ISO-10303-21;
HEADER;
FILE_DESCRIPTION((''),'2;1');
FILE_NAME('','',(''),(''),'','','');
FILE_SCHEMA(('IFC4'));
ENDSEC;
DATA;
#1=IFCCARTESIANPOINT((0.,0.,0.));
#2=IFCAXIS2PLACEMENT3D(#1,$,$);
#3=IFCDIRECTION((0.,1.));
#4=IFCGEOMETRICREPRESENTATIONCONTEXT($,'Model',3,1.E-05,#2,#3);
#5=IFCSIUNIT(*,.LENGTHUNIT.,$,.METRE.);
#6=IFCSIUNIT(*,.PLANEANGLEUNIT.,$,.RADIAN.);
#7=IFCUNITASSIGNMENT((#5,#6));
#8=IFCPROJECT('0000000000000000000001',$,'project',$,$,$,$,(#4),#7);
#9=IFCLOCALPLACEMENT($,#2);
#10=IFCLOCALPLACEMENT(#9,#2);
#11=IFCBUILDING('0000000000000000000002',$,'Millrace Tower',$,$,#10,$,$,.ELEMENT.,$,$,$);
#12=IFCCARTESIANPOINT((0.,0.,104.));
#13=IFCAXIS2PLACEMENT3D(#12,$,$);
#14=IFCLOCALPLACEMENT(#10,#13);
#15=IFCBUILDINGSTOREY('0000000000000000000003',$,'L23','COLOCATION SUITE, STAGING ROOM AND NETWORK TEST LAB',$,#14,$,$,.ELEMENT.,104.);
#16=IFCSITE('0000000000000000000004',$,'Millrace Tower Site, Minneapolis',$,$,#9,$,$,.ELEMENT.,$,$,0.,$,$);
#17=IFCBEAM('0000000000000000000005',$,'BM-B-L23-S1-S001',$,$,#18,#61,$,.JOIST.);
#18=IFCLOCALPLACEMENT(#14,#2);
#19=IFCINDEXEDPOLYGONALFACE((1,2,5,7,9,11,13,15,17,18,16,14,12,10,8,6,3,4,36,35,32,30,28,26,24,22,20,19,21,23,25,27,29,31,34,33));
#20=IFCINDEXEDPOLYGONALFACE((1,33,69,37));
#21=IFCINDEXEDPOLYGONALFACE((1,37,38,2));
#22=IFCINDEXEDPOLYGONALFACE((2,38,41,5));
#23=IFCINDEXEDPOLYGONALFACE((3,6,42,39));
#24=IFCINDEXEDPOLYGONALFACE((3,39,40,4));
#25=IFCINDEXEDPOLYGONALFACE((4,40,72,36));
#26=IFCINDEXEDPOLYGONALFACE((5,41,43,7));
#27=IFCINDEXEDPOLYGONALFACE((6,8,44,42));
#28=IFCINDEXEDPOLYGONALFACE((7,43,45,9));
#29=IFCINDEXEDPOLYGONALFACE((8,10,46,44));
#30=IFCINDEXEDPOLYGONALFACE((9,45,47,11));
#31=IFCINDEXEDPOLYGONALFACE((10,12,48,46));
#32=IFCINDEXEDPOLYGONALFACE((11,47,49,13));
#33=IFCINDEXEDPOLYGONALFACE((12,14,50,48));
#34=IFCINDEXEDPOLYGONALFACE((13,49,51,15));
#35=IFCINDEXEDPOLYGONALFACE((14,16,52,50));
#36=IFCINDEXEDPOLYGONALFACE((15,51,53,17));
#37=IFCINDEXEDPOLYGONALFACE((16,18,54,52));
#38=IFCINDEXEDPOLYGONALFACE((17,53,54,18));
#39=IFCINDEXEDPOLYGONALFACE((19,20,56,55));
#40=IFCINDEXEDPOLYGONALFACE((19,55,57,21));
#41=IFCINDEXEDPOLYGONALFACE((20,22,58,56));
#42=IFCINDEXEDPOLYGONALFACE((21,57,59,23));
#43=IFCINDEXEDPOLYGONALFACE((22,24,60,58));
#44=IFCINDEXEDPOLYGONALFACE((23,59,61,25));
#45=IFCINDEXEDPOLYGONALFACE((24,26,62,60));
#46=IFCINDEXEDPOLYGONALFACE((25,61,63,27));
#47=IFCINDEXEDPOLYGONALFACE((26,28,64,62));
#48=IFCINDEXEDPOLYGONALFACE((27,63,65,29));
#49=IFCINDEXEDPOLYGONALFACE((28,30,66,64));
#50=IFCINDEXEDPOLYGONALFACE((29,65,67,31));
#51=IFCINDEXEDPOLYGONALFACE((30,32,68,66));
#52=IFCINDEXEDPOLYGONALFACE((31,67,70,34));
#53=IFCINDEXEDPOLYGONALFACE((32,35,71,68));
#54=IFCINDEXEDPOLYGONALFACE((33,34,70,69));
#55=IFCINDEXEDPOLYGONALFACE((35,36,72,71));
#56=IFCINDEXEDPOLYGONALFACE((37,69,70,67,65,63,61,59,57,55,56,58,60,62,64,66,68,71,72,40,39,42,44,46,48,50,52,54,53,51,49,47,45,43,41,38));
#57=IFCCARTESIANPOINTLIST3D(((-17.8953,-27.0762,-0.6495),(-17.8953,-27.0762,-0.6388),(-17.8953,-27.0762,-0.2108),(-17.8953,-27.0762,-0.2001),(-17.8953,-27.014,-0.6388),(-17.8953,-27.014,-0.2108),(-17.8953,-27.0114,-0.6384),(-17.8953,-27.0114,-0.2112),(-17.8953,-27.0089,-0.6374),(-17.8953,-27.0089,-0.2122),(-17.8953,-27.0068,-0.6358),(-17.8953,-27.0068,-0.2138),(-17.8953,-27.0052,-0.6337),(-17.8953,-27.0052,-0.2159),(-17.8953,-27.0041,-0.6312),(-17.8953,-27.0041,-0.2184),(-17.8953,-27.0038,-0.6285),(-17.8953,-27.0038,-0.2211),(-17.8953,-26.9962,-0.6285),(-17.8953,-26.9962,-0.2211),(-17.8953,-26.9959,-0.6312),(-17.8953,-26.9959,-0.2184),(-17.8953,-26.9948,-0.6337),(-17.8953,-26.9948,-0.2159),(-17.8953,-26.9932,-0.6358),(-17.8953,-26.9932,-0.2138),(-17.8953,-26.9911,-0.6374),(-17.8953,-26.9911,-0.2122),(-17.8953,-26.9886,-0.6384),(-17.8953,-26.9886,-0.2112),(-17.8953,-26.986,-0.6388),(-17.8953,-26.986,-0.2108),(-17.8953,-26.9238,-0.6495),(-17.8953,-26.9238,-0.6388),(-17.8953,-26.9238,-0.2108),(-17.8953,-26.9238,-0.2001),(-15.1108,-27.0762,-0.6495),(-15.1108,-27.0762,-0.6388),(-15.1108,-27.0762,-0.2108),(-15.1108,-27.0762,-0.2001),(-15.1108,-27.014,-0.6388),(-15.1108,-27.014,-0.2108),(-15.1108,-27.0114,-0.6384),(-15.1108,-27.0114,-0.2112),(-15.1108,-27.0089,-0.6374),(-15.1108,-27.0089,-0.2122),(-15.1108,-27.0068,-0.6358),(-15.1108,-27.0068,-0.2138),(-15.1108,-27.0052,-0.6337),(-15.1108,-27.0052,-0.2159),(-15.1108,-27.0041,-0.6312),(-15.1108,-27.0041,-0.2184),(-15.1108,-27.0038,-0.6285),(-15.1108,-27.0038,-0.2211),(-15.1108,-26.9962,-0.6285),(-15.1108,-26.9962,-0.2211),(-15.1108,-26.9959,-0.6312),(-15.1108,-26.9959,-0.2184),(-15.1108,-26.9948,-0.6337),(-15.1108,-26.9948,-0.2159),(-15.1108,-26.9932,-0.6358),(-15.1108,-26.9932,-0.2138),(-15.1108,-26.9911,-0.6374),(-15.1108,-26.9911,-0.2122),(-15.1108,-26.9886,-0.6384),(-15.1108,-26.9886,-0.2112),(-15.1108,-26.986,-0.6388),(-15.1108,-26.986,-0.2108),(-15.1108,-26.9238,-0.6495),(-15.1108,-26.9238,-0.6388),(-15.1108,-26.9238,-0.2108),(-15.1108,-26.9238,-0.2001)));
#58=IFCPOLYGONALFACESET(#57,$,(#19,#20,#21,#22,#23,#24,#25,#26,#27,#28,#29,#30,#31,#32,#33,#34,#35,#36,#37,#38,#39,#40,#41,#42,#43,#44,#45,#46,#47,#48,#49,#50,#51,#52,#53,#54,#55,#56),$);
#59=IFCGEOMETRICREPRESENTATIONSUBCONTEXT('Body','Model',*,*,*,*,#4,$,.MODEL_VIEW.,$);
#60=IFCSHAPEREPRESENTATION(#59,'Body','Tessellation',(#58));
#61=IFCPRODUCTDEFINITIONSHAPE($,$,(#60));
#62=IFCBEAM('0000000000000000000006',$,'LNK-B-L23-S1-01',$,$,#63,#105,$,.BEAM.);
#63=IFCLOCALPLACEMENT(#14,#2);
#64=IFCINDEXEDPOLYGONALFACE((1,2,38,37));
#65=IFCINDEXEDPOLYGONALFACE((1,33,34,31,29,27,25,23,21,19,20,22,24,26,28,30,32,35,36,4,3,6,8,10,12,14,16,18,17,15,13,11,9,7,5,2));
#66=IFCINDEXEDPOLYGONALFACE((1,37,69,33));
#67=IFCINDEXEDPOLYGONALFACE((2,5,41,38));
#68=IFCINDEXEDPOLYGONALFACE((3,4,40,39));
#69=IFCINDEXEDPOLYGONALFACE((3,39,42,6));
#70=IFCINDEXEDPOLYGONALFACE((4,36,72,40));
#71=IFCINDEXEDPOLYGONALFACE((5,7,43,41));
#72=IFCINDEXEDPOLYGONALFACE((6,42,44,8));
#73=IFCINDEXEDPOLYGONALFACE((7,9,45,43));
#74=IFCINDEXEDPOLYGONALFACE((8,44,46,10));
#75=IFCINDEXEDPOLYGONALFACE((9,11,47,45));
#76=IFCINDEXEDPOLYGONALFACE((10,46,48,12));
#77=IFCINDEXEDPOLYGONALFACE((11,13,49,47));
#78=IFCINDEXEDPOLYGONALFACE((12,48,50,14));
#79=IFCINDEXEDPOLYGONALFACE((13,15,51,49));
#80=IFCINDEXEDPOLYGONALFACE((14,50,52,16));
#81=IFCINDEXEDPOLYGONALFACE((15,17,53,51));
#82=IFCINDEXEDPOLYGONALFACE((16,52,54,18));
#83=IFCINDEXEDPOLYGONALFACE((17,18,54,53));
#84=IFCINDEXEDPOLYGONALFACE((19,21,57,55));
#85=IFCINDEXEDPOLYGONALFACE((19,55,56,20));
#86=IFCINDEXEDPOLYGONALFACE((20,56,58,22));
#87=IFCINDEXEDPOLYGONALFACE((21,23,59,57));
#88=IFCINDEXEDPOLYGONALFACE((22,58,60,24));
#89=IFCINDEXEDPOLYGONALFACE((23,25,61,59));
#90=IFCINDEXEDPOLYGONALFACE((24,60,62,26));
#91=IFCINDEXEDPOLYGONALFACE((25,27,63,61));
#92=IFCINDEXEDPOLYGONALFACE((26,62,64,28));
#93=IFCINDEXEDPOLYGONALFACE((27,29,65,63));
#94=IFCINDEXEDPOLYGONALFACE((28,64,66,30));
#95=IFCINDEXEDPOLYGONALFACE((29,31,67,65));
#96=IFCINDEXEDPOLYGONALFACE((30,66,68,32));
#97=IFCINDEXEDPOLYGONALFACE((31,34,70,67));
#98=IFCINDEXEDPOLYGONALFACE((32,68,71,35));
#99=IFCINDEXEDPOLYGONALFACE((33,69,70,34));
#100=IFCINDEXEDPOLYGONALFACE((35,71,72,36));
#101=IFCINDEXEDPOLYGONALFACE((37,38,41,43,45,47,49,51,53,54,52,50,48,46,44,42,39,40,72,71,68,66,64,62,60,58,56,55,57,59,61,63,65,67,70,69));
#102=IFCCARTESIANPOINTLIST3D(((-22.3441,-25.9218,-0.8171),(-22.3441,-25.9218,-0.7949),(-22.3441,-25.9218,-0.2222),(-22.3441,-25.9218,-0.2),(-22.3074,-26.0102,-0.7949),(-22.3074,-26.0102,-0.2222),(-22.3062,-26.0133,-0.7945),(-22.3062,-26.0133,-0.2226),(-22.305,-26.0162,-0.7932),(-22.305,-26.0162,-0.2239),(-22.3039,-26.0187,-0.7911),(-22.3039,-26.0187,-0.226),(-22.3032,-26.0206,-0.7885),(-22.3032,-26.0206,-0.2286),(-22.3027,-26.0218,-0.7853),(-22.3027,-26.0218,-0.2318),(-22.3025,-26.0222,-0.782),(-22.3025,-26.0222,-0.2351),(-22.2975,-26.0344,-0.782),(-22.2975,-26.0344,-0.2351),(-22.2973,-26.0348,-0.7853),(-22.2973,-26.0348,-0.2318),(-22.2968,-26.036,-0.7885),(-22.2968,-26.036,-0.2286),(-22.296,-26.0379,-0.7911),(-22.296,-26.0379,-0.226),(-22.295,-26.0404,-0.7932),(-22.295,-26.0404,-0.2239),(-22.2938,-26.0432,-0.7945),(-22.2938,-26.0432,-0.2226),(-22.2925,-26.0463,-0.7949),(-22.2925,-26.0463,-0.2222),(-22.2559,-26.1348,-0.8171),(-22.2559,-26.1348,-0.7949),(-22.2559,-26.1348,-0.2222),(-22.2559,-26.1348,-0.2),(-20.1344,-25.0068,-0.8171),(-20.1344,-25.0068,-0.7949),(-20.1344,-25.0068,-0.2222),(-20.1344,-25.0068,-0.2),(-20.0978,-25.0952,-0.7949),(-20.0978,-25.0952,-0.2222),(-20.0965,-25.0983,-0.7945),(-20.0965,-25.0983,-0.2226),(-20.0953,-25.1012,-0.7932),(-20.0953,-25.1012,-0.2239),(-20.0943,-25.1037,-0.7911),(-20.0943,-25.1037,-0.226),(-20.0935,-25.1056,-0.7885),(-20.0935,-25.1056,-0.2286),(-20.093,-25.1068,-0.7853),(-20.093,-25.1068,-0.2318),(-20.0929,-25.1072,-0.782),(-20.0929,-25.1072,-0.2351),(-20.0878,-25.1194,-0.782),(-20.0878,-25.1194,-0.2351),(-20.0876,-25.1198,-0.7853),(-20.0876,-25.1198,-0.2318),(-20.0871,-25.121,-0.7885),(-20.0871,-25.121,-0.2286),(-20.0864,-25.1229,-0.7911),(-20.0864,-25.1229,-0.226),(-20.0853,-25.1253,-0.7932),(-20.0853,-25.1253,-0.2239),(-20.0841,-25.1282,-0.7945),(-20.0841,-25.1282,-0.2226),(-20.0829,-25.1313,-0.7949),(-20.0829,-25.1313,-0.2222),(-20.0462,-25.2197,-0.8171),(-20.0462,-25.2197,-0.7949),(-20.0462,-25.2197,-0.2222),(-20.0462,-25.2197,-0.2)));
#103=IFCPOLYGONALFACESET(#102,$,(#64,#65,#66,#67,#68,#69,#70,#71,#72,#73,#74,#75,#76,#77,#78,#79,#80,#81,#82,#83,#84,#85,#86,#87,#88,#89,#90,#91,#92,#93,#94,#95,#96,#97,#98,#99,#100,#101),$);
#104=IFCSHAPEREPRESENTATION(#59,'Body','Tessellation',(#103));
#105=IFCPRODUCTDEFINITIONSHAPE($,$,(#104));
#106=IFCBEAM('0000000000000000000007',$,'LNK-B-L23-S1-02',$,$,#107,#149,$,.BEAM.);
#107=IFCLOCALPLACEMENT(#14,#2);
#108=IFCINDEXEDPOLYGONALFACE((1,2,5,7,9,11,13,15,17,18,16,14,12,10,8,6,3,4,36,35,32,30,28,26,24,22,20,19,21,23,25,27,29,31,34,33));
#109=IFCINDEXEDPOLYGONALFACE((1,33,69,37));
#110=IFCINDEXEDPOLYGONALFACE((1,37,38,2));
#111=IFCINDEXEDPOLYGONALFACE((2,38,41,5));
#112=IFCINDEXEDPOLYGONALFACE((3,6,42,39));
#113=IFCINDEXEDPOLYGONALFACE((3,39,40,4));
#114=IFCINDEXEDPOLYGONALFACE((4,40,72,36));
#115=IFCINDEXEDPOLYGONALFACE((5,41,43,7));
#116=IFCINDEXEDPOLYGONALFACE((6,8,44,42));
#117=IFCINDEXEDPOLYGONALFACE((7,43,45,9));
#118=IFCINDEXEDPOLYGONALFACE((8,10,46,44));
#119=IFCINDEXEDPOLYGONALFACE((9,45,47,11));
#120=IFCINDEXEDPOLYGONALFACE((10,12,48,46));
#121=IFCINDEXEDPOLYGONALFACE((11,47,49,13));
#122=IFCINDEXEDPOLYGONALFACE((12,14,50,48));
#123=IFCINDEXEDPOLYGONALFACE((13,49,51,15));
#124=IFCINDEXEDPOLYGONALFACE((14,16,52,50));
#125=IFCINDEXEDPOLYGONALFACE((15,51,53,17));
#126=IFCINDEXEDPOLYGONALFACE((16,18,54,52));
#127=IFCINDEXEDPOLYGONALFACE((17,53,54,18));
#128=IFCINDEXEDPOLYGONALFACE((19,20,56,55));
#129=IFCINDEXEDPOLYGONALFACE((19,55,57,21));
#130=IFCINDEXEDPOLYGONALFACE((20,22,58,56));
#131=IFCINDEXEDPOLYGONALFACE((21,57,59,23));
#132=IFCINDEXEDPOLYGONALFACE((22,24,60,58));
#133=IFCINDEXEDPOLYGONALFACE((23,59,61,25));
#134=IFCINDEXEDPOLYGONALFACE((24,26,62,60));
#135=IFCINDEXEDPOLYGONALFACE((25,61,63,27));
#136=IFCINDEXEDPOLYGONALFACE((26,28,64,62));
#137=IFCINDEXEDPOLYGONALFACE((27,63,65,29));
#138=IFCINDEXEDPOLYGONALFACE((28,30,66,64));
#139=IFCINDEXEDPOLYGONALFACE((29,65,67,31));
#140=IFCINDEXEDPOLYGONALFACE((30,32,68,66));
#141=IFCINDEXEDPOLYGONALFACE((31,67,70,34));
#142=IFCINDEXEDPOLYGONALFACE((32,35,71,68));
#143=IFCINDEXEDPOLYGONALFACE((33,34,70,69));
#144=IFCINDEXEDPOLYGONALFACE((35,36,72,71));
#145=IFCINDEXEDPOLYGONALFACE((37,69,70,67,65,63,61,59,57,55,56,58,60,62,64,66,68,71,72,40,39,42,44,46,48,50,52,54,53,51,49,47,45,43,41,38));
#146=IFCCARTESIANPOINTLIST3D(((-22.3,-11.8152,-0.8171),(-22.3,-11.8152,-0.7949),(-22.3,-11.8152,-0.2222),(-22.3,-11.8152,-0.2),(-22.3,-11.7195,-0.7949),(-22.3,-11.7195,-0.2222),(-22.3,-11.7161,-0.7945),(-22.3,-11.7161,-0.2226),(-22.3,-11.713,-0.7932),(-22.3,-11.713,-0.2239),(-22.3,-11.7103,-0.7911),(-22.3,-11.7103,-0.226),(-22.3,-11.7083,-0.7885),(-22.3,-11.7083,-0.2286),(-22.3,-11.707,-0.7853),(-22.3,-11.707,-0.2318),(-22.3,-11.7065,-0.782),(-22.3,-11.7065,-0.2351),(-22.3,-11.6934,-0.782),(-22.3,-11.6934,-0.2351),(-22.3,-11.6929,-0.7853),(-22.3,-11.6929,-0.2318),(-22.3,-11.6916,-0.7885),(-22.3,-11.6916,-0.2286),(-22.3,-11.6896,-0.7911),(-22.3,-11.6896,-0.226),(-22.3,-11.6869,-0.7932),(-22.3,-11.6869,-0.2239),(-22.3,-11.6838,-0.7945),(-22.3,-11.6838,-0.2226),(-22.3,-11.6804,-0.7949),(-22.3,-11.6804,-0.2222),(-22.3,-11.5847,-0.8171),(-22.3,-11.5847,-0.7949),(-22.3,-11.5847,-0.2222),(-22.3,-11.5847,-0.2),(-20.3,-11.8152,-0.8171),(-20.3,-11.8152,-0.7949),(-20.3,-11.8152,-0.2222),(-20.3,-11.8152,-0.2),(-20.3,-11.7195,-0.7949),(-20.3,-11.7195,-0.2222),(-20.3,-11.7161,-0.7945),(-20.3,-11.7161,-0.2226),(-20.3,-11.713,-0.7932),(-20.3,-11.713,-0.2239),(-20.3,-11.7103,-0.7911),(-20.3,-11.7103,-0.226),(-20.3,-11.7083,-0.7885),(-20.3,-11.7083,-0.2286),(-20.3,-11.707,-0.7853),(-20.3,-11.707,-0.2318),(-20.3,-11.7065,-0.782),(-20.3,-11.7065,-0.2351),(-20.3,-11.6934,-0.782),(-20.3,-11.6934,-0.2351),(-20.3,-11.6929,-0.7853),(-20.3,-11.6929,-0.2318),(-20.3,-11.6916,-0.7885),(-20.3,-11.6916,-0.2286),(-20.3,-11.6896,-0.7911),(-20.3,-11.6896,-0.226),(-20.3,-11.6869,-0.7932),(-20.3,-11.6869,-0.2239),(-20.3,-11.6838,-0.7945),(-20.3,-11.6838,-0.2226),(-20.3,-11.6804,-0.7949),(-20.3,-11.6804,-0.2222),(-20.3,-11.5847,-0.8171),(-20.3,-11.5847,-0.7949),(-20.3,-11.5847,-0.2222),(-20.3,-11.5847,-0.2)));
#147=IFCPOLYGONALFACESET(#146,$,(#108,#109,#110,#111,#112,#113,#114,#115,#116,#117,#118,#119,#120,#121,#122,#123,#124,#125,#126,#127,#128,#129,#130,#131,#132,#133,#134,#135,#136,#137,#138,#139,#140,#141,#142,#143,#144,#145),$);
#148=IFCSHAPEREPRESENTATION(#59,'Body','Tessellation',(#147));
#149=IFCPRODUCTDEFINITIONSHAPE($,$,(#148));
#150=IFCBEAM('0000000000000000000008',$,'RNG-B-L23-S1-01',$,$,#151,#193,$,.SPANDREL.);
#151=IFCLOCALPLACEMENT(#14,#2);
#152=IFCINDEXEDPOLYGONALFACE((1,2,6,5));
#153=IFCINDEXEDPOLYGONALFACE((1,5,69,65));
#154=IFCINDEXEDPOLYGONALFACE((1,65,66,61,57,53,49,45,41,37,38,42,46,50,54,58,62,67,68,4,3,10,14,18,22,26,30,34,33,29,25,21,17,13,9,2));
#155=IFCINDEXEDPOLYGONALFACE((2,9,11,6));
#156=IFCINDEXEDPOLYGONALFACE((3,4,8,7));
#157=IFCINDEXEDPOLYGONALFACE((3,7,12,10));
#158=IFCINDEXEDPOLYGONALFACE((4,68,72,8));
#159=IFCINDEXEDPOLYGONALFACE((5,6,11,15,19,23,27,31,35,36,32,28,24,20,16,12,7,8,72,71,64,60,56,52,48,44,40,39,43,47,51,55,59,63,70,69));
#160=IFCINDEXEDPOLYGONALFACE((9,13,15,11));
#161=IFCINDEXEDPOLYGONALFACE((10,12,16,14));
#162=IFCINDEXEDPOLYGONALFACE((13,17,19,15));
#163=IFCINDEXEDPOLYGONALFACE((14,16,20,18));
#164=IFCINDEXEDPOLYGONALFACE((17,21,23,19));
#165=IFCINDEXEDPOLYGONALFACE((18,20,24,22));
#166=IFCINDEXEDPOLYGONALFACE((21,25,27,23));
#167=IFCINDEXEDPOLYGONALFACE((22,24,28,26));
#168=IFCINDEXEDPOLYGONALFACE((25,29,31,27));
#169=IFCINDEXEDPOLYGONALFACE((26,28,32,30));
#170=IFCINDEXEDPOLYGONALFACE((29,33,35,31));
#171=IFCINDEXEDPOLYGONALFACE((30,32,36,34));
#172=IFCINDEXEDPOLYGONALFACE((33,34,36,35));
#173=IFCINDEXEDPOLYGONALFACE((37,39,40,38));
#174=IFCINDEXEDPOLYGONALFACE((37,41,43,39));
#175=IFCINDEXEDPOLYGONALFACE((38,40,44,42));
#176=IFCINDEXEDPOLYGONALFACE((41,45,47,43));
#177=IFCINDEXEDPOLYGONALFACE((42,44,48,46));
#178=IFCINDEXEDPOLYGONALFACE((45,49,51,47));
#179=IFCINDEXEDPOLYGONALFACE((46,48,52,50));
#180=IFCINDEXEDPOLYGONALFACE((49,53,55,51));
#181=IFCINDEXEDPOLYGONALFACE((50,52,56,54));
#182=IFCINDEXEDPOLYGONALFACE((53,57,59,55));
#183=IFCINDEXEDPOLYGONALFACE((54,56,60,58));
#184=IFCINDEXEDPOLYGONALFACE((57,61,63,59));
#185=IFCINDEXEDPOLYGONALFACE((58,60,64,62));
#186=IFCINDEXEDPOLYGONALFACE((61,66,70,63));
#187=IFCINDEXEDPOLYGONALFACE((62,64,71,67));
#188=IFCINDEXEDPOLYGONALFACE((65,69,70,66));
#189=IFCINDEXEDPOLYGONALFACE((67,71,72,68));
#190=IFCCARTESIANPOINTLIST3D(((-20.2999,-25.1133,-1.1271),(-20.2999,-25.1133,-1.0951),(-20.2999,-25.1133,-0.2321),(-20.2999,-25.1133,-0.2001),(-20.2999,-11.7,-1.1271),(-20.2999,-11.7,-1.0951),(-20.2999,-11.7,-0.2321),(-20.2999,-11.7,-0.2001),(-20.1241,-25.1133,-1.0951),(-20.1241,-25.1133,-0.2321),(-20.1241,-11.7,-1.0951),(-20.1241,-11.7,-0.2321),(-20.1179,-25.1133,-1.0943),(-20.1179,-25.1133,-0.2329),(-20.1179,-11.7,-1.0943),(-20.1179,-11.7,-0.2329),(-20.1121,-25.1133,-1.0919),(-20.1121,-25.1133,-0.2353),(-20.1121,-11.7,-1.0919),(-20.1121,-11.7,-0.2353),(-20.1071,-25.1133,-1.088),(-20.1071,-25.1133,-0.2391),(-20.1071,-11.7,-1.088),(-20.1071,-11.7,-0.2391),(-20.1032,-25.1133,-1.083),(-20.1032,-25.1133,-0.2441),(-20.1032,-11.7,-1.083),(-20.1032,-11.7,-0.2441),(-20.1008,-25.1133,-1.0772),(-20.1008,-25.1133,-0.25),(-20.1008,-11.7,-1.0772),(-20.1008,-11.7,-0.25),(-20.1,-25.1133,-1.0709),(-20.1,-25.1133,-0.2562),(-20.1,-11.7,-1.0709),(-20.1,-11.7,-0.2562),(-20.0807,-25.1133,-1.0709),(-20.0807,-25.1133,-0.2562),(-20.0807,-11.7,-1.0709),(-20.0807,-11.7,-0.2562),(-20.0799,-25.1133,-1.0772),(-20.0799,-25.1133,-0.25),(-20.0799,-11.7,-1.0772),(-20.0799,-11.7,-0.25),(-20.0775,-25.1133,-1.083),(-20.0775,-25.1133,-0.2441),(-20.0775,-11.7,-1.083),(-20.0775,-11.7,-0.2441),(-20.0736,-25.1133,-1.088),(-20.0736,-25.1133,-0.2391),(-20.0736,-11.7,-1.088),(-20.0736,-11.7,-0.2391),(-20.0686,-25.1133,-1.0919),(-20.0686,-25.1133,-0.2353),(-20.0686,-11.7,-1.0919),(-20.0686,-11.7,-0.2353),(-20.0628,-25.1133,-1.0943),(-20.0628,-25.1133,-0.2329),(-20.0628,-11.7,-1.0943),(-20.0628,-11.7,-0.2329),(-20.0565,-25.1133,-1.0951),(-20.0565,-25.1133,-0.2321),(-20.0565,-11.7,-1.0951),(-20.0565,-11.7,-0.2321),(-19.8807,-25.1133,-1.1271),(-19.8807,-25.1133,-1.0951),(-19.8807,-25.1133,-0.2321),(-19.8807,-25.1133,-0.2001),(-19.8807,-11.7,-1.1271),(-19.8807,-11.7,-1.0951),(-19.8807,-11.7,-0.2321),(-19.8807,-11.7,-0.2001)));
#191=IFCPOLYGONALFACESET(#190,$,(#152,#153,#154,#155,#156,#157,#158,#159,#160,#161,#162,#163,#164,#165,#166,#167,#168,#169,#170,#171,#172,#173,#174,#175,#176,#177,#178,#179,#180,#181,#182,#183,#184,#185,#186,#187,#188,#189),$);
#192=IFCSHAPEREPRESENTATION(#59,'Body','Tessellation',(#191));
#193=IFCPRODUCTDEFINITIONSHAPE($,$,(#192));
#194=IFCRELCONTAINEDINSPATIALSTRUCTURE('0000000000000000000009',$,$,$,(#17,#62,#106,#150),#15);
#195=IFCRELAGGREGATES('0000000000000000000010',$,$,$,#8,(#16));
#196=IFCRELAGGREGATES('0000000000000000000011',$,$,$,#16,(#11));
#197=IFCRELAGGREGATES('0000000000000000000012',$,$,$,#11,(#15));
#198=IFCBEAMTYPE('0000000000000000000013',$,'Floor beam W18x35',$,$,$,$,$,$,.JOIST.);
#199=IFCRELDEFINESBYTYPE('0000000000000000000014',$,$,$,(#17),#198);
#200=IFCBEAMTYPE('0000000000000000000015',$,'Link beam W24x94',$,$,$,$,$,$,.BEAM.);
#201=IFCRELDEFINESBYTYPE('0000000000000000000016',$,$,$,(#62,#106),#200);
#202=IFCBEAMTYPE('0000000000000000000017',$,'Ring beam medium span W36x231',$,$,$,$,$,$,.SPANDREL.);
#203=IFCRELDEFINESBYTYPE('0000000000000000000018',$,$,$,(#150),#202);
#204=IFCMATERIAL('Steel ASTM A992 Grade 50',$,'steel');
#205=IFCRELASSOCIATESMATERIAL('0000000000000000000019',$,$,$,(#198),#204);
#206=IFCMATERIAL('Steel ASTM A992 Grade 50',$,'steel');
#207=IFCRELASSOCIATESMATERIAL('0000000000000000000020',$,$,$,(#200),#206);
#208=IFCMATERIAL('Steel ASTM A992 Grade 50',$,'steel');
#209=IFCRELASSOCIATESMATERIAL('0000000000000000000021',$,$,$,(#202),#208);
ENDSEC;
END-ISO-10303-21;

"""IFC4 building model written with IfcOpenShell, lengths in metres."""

from ifc_helpers import new_model, si_unit, direction, frame, origin, origin_2d, place, context, subcontext, project, spatial, i_section, extrude, material, material_profile, profile_set, type_object, element, save


model = new_model("IFC4")

# Units and contexts
model_context = context("Model", 3, precision=1e-05, world=origin(), true_north=direction((0.0, 1.0)))
body_context = subcontext(model_context, "Body", "Model", "MODEL_VIEW")
ifc_project = project(units=[si_unit("LENGTHUNIT", "METRE"), si_unit("PLANEANGLEUNIT", "RADIAN")], contexts=[model_context])

# Site, building, storey
site_placement = place(None, origin())
site = spatial("IfcSite", under=ifc_project, at=site_placement, Name="Millrace Tower Site, Minneapolis", CompositionType="ELEMENT", RefElevation=0.0)
building_placement = place(site_placement, origin())
building = spatial("IfcBuilding", under=site, at=building_placement, Name="Millrace Tower", CompositionType="ELEMENT")
storey_placement = place(building_placement, frame((0.0, 0.0, 104.0)))
storey = spatial("IfcBuildingStorey", under=building, at=storey_placement, Name="L23", Description="COLOCATION SUITE, STAGING ROOM AND NETWORK TEST LAB", CompositionType="ELEMENT", Elevation=104.0)

# Beams
ifc_material_1 = material(Name="Steel ASTM A992 Grade 50", Category="steel")
ifc_material_profile_1 = material_profile(ifc_material_1, i_section(OverallWidth=0.1523, OverallDepth=0.4495, WebThickness=0.0076, FlangeThickness=0.0107, FilletRadius=0.0103, at=origin_2d()))
ifc_profile_set_1 = profile_set([ifc_material_profile_1], Name="Steel ASTM A992 Grade 50")
beam_type_1 = type_object("IfcBeamType", Name="Floor beam W18x35", PredefinedType="JOIST", material=ifc_profile_set_1)
beam_1_placement = place(storey_placement, frame((-17.8953, -27.0, -0.4248), z_axis=(1.0, 0.0, 0.0), x_axis=(0.0, 1.0, 0.0)))
element("IfcBeam", 1, at=beam_1_placement, inside=storey, type_object=beam_type_1, Name="BM-B-L23-S1-S001", PredefinedType="JOIST", context=body_context, shape_type="SweptSolid", body=[
    extrude(i_section(OverallWidth=0.1523, OverallDepth=0.4495, WebThickness=0.0076, FlangeThickness=0.0107, FilletRadius=0.0103, at=origin_2d()), origin(), (0.0, 0.0, 1.0), 2.7844),
])
ifc_material_2 = material(Name="Steel ASTM A992 Grade 50", Category="steel")
ifc_material_profile_2 = material_profile(ifc_material_2, i_section(OverallWidth=0.2305, OverallDepth=0.6172, WebThickness=0.0132, FlangeThickness=0.0222, FilletRadius=0.0129, at=origin_2d()))
ifc_profile_set_2 = profile_set([ifc_material_profile_2], Name="Steel ASTM A992 Grade 50")
beam_type_2 = type_object("IfcBeamType", Name="Link beam W24x94", PredefinedType="BEAM", material=ifc_profile_set_2)
beam_2_placement = place(storey_placement, frame((-20.0903, -25.1133, -0.5085), z_axis=(-0.923917, -0.382592, 0.0), x_axis=(0.382592, -0.923917, 0.0)))
element("IfcBeam", 2, at=beam_2_placement, inside=storey, type_object=beam_type_2, Name="LNK-B-L23-S1-01", PredefinedType="BEAM", context=body_context, shape_type="SweptSolid", body=[
    extrude(i_section(OverallWidth=0.2305, OverallDepth=0.6172, WebThickness=0.0132, FlangeThickness=0.0222, FilletRadius=0.0129, at=origin_2d()), origin(), (0.0, 0.0, 1.0), 2.3916),
])
beam_3_placement = place(storey_placement, frame((-20.3, -11.7, -0.5085), z_axis=(-1.0, 0.0, 0.0), x_axis=(0.0, -1.0, 0.0)))
element("IfcBeam", 3, at=beam_3_placement, inside=storey, type_object=beam_type_2, Name="LNK-B-L23-S1-02", PredefinedType="BEAM", context=body_context, shape_type="SweptSolid", body=[
    extrude(i_section(OverallWidth=0.2305, OverallDepth=0.6172, WebThickness=0.0132, FlangeThickness=0.0222, FilletRadius=0.0129, at=origin_2d()), origin(), (0.0, 0.0, 1.0), 2.0),
])
ifc_material_3 = material(Name="Steel ASTM A992 Grade 50", Category="steel")
ifc_material_profile_3 = material_profile(ifc_material_3, i_section(OverallWidth=0.4192, OverallDepth=0.927, WebThickness=0.0193, FlangeThickness=0.032, FilletRadius=0.0242, at=origin_2d()))
ifc_profile_set_3 = profile_set([ifc_material_profile_3], Name="Steel ASTM A992 Grade 50")
beam_type_3 = type_object("IfcBeamType", Name="Ring beam medium span W36x231", PredefinedType="SPANDREL", material=ifc_profile_set_3)
beam_4_placement = place(storey_placement, frame((-20.0903, -25.1133, -0.6636), z_axis=(0.0, 1.0, 0.0), x_axis=(-1.0, 0.0, 0.0)))
element("IfcBeam", 4, at=beam_4_placement, inside=storey, type_object=beam_type_3, Name="RNG-B-L23-S1-01", PredefinedType="SPANDREL", context=body_context, shape_type="SweptSolid", body=[
    extrude(i_section(OverallWidth=0.4192, OverallDepth=0.927, WebThickness=0.0193, FlangeThickness=0.032, FilletRadius=0.0242, at=origin_2d()), origin(), (0.0, 0.0, 1.0), 13.4133),
])

save(model, "model.ifc")
